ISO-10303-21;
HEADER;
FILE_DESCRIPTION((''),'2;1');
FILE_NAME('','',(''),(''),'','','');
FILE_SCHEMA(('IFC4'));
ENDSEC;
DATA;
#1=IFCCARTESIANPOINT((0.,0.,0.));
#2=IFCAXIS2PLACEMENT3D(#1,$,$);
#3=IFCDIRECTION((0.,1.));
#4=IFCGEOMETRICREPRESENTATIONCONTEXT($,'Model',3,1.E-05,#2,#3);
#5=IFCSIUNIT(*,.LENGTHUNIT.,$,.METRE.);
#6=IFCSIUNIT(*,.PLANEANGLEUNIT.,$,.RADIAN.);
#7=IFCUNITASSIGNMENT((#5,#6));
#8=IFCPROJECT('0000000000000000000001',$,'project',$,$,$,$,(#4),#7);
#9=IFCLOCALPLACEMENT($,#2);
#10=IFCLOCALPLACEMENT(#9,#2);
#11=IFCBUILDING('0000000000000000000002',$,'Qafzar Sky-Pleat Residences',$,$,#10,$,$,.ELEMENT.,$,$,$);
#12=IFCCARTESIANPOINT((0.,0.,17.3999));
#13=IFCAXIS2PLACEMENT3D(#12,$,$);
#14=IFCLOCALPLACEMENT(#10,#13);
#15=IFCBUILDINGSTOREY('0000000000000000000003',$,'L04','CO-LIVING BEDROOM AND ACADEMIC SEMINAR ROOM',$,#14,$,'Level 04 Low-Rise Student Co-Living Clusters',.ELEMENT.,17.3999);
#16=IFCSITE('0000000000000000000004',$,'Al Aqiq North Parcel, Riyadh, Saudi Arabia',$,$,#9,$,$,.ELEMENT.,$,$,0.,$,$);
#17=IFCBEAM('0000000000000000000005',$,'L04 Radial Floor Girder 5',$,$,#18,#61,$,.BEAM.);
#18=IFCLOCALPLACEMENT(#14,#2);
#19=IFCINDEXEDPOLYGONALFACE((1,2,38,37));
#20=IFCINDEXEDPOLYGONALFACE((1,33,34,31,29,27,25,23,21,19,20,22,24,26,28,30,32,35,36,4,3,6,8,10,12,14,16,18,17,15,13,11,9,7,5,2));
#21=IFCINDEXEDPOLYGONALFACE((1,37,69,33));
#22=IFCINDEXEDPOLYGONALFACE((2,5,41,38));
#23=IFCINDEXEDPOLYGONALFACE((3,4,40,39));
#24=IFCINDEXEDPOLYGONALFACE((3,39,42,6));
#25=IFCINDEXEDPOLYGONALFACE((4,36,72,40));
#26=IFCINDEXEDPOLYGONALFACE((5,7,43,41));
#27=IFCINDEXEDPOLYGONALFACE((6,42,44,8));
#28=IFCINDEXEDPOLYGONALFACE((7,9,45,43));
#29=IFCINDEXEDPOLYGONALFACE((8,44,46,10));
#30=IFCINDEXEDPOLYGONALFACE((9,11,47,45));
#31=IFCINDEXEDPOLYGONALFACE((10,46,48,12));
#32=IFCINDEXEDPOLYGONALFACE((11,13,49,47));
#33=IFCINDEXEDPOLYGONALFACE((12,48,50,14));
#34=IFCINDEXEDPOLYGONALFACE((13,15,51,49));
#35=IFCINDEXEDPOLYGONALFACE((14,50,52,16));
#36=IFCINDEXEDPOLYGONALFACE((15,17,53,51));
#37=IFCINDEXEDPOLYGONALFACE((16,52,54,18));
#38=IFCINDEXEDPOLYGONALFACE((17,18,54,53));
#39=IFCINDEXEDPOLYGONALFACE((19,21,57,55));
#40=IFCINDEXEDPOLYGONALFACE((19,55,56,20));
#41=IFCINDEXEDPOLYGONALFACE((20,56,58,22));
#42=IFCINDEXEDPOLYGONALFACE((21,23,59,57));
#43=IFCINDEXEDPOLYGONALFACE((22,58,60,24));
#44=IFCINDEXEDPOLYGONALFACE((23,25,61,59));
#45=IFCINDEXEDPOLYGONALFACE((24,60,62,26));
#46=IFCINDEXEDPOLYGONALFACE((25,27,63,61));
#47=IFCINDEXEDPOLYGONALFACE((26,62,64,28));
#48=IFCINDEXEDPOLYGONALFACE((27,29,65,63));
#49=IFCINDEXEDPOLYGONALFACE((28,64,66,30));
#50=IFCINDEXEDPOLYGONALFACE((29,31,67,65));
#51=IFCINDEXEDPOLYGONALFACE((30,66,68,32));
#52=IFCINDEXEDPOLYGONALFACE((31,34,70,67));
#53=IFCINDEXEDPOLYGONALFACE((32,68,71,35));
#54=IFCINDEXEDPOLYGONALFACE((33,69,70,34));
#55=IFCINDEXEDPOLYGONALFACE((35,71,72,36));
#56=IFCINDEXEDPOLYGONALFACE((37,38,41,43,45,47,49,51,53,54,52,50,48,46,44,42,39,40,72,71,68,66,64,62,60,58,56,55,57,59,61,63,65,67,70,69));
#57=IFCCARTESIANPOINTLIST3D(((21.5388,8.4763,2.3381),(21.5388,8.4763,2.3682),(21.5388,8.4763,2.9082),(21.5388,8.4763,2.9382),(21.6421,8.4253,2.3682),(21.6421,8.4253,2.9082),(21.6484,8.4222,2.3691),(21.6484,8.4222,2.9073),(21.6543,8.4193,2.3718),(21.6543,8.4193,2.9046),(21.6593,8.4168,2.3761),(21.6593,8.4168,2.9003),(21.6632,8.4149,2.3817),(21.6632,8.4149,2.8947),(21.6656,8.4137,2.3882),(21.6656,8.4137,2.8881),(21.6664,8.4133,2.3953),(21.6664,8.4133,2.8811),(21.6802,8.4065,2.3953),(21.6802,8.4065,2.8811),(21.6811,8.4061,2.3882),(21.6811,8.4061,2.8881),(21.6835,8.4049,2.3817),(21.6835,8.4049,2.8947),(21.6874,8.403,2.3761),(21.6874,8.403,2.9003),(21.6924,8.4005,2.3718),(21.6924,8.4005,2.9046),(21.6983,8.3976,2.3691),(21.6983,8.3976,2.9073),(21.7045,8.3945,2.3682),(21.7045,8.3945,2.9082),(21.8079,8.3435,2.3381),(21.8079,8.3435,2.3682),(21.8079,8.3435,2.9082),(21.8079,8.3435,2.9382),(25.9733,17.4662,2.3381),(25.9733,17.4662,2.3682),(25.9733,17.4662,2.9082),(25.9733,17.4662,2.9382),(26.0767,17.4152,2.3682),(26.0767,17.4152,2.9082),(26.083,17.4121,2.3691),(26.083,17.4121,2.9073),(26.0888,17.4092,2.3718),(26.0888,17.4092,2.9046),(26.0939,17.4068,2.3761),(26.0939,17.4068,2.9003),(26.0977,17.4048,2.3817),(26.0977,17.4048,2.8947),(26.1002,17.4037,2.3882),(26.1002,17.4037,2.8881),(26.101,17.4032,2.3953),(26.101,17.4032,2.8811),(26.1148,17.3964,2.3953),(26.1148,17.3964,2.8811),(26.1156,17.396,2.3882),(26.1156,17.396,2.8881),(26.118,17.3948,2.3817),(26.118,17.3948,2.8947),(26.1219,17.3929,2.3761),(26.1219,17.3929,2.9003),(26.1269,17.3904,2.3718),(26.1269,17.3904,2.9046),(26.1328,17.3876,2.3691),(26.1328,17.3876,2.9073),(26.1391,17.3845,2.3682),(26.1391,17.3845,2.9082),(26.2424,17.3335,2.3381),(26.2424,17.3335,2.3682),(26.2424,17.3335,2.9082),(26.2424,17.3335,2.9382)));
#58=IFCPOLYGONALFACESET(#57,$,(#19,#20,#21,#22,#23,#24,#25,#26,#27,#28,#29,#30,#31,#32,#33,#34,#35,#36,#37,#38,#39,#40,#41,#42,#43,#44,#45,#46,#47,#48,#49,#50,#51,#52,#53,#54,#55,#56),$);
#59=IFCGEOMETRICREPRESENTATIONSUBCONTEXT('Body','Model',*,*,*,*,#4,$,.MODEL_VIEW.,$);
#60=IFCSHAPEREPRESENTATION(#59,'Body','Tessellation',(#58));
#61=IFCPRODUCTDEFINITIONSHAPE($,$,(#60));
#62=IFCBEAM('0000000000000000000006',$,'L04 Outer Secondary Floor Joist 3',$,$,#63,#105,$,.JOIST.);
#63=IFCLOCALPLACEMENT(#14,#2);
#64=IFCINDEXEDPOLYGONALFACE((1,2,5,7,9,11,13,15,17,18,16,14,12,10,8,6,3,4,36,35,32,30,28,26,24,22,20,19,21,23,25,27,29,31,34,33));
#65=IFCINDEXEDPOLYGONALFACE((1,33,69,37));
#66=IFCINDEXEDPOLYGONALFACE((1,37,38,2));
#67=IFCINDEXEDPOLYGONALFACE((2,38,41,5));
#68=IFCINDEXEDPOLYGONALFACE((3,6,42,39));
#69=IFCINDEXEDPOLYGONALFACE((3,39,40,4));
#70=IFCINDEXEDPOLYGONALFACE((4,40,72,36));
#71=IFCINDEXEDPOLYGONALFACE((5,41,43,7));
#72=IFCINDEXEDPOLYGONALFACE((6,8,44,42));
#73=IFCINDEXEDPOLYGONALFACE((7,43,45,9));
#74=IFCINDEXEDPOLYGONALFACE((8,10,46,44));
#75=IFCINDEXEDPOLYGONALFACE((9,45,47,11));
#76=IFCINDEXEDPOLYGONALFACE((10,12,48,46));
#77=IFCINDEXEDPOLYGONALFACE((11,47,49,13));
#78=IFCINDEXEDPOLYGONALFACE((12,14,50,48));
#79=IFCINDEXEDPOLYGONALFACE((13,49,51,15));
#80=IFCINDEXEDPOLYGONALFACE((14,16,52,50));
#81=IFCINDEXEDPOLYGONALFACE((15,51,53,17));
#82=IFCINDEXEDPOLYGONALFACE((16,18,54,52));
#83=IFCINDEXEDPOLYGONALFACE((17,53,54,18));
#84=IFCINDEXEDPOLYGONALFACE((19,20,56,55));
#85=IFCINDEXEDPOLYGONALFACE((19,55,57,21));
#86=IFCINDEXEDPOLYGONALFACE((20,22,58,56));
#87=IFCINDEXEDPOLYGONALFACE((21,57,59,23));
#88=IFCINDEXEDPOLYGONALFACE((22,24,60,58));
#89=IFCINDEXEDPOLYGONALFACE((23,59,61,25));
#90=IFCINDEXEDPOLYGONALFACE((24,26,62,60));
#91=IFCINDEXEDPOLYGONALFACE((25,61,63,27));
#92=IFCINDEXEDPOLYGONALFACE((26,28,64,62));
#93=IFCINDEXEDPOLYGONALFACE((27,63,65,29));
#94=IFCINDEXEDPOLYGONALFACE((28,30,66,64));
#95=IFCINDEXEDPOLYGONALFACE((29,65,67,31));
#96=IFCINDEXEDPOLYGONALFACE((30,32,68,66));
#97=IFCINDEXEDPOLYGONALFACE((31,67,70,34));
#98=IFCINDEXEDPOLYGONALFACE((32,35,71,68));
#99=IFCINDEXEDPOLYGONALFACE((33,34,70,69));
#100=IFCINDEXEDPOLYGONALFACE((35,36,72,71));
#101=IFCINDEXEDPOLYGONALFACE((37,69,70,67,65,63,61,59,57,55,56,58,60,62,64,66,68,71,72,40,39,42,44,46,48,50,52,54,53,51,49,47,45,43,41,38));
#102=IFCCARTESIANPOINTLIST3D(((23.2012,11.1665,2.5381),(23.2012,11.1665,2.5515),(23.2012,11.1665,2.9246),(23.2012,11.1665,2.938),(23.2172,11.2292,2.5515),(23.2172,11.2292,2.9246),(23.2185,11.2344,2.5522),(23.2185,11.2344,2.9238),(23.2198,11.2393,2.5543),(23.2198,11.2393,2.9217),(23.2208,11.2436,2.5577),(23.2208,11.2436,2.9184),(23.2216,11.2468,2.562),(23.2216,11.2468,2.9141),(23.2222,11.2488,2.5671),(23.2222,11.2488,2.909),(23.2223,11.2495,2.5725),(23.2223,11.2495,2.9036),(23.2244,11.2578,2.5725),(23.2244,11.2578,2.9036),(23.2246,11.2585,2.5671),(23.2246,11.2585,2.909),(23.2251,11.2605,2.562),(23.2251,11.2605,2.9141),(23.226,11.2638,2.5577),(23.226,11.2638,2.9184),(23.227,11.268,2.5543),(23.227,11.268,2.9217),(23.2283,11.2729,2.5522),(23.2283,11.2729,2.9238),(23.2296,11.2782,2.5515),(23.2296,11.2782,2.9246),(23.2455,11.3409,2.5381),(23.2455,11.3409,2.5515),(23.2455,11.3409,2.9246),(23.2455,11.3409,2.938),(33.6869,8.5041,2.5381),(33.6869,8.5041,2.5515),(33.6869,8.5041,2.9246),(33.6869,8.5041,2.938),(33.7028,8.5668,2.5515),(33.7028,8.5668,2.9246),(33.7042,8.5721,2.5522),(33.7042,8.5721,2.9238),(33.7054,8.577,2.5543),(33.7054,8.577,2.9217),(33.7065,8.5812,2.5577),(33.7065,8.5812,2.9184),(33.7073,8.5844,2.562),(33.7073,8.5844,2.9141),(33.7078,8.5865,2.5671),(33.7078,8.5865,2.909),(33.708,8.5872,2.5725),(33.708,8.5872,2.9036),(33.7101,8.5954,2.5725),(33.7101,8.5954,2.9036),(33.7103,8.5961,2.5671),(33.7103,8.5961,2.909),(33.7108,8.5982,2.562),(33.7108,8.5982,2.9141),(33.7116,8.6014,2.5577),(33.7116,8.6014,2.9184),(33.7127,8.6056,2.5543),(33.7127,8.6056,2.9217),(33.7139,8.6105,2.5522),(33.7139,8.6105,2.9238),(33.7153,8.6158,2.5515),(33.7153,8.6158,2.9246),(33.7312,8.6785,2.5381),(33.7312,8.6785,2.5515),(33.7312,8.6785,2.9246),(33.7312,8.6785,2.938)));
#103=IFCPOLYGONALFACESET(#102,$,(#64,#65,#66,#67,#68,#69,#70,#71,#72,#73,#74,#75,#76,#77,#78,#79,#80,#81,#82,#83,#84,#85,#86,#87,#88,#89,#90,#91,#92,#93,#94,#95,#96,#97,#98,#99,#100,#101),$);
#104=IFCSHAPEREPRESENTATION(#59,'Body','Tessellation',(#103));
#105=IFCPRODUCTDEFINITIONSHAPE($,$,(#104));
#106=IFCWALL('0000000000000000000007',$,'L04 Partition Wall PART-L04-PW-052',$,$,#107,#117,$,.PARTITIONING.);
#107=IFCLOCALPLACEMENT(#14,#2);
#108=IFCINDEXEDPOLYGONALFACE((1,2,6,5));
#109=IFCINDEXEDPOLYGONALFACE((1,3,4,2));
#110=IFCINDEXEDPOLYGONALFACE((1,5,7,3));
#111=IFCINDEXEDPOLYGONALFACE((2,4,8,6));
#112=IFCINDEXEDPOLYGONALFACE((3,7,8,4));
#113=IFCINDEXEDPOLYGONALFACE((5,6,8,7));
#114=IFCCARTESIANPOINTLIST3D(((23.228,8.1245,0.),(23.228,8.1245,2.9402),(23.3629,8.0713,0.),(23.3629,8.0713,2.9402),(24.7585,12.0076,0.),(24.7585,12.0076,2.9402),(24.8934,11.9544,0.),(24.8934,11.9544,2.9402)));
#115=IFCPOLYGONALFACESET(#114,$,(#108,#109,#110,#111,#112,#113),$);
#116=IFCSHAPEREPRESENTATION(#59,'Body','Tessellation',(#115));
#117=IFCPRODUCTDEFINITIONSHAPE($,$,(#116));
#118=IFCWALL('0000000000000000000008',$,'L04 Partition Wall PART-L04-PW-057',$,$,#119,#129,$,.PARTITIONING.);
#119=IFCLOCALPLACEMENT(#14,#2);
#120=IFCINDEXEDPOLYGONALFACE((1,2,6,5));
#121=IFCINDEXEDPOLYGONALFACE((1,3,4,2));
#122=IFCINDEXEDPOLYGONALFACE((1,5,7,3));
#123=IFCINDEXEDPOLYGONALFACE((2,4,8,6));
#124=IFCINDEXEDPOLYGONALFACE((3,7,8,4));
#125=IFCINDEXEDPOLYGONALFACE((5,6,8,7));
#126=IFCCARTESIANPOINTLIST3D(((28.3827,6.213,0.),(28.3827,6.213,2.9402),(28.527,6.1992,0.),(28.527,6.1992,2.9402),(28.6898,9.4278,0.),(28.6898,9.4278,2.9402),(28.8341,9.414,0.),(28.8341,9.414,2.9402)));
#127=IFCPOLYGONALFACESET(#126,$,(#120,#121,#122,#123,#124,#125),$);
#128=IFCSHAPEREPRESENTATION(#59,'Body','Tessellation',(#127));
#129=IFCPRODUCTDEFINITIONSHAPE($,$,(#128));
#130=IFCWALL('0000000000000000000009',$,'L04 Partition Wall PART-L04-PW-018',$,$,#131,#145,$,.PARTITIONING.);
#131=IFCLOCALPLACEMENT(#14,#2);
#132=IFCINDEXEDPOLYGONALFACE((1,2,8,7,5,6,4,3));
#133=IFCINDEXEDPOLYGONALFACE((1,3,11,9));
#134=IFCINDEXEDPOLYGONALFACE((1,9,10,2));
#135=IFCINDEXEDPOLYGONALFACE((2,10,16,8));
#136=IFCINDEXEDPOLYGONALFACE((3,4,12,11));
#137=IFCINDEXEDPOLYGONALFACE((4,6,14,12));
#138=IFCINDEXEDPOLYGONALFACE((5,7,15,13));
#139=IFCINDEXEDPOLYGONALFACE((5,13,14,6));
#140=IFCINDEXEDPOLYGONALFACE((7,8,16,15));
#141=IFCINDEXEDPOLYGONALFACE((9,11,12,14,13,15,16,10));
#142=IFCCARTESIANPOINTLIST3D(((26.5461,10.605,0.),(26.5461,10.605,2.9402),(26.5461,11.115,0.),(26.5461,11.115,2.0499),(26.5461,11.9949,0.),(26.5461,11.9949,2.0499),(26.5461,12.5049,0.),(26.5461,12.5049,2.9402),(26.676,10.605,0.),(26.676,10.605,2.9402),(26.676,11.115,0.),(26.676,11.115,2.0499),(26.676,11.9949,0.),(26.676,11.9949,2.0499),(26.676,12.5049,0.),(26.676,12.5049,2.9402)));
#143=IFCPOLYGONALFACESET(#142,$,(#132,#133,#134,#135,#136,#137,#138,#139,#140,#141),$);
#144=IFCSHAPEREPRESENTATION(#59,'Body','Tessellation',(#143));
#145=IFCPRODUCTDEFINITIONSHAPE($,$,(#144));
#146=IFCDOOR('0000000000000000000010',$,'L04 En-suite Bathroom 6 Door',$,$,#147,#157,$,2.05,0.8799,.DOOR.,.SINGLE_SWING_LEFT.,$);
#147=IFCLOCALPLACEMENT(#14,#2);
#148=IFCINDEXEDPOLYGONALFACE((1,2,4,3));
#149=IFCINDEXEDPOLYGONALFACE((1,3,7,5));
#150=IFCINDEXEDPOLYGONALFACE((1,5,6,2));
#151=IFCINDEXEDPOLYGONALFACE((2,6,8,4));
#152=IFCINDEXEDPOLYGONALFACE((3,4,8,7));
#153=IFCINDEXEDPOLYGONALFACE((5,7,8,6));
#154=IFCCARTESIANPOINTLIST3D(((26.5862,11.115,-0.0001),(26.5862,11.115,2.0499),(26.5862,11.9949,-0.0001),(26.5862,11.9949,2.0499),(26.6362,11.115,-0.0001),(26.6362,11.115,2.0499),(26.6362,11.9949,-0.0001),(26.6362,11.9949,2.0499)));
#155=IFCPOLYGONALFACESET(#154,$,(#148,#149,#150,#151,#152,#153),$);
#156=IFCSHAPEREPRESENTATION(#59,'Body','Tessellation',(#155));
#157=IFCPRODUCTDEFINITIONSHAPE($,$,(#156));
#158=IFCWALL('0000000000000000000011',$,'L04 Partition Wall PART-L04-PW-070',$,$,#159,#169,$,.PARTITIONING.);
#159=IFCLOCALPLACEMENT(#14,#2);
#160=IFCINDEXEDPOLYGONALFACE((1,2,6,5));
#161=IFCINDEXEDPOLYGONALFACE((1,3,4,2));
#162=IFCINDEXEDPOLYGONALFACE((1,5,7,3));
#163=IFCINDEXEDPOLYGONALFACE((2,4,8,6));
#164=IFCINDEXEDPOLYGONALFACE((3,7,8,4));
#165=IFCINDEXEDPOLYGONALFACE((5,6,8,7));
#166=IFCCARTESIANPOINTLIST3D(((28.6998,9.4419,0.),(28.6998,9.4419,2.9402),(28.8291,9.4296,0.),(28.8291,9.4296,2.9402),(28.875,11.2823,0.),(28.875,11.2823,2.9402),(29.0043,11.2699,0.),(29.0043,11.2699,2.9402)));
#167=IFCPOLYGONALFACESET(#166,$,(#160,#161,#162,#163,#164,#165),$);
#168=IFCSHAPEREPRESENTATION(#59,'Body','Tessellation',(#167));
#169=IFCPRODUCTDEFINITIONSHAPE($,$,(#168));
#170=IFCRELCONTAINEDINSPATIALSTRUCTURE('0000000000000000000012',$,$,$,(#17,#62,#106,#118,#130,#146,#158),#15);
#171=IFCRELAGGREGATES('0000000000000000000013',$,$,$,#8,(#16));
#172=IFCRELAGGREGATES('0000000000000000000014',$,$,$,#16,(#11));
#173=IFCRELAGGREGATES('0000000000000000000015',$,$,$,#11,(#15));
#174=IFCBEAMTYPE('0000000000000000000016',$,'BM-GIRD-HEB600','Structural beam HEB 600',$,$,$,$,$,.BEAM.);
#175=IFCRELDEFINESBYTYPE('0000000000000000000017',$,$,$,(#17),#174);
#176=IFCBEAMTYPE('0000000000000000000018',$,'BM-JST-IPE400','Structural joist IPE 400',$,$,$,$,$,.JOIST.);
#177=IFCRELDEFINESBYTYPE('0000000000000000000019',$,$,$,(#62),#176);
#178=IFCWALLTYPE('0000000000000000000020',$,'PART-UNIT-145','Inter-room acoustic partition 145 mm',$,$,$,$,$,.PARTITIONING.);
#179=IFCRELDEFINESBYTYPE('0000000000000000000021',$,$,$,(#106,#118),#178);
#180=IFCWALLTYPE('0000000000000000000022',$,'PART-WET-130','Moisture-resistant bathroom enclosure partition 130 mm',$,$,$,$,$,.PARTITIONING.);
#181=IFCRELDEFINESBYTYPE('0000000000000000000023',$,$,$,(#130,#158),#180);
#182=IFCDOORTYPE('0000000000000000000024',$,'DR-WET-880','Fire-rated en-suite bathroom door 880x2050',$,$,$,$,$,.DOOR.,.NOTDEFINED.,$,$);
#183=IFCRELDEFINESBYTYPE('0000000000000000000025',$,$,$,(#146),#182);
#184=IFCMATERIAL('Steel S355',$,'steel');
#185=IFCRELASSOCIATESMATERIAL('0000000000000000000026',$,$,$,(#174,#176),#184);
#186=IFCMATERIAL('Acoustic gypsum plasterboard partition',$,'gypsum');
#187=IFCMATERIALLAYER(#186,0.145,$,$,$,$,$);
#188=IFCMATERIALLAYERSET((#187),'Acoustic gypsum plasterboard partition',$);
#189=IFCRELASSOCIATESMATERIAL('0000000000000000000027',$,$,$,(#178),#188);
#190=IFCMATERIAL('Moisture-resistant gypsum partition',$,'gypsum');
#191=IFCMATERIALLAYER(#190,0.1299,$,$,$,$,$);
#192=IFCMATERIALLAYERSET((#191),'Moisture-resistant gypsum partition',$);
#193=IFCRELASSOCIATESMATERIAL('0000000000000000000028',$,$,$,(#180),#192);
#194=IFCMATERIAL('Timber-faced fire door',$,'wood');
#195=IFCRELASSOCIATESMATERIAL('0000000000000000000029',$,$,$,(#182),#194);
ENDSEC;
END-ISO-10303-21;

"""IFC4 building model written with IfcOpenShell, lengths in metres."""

from ifc_helpers import new_model, si_unit, direction, frame, frame_2d, origin, origin_2d, place, context, subcontext, project, spatial, rectangle, i_section, extrude, source, transform, mapped, material, layer, layer_set, material_profile, profile_set, type_object, element, fill, save


model = new_model("IFC4")

# Units and contexts
model_context = context("Model", 3, precision=1e-05, world=origin(), true_north=direction((0.0, 1.0)))
body_context = subcontext(model_context, "Body", "Model", "MODEL_VIEW")
ifc_project = project(units=[si_unit("LENGTHUNIT", "METRE"), si_unit("PLANEANGLEUNIT", "RADIAN")], contexts=[model_context])

# Site, building, storey
site_placement = place(None, origin())
site = spatial("IfcSite", under=ifc_project, at=site_placement, Name="Al Aqiq North Parcel, Riyadh, Saudi Arabia", CompositionType="ELEMENT", RefElevation=0.0)
building_placement = place(site_placement, origin())
building = spatial("IfcBuilding", under=site, at=building_placement, Name="Qafzar Sky-Pleat Residences", CompositionType="ELEMENT")
storey_placement = place(building_placement, frame((0.0, 0.0, 17.3999)))
storey = spatial("IfcBuildingStorey", under=building, at=storey_placement, Name="L04", Description="CO-LIVING BEDROOM AND ACADEMIC SEMINAR ROOM", LongName="Level 04 Low-Rise Student Co-Living Clusters", CompositionType="ELEMENT", Elevation=17.3999)

# Beams
ifc_material_1 = material(Name="Steel S355", Category="steel")
ifc_material_profile_1 = material_profile(ifc_material_1, i_section(OverallWidth=0.3, OverallDepth=0.6001, WebThickness=0.0154, FlangeThickness=0.03, FilletRadius=0.0271, at=origin_2d()), Name="HEB 600")
ifc_profile_set_1 = profile_set([ifc_material_profile_1], Name="Steel S355")
beam_type_1 = type_object("IfcBeamType", Name="BM-GIRD-HEB600", Description="Structural beam HEB 600", PredefinedType="BEAM", material=ifc_profile_set_1)
shared_shape_1 = source(origin(), body_context, "Body", "SweptSolid", [
    extrude(i_section(OverallWidth=0.3, OverallDepth=0.6001, WebThickness=0.0154, FlangeThickness=0.03, FilletRadius=0.0271, at=origin_2d()), origin(), (0.0, 0.0, 1.0), 10.0242),
])
beam_1_placement = place(storey_placement, frame((21.6733, 8.4099, 2.6382), z_axis=(0.442385, 0.896825, 0.0), x_axis=(-0.896825, 0.442385, 0.0)))
element("IfcBeam", 1, at=beam_1_placement, inside=storey, type_object=beam_type_1, Name="L04 Radial Floor Girder 5", PredefinedType="BEAM", context=body_context, shape_type="MappedRepresentation", body=[
    mapped(shared_shape_1, transform((0.0, 0.0, 0.0), x_axis=(1.0, 0.0, 0.0), y_axis=(0.0, 1.0, 0.0), z_axis=(0.0, 0.0, 1.0), scale=1.0)),
])
ifc_material_profile_2 = material_profile(ifc_material_1, i_section(OverallWidth=0.1799, OverallDepth=0.3999, WebThickness=0.0085, FlangeThickness=0.0134, FilletRadius=0.021, at=origin_2d()), Name="IPE 400")
ifc_profile_set_2 = profile_set([ifc_material_profile_2], Name="Steel S355")
beam_type_2 = type_object("IfcBeamType", Name="BM-JST-IPE400", Description="Structural joist IPE 400", PredefinedType="JOIST", material=ifc_profile_set_2)
shared_shape_2 = source(origin(), body_context, "Body", "SweptSolid", [
    extrude(i_section(OverallWidth=0.1799, OverallDepth=0.3999, WebThickness=0.0085, FlangeThickness=0.0134, FilletRadius=0.021, at=origin_2d()), origin(), (0.0, 0.0, 1.0), 10.8184),
])
beam_2_placement = place(storey_placement, frame((23.2234, 11.2537, 2.738), z_axis=(0.969245, -0.246097, 0.0), x_axis=(0.246097, 0.969245, 0.0)))
element("IfcBeam", 2, at=beam_2_placement, inside=storey, type_object=beam_type_2, Name="L04 Outer Secondary Floor Joist 3", PredefinedType="JOIST", context=body_context, shape_type="MappedRepresentation", body=[
    mapped(shared_shape_2, transform((0.0, 0.0, 0.0), x_axis=(1.0, 0.0, 0.0), y_axis=(0.0, 1.0, 0.0), z_axis=(0.0, 0.0, 1.0), scale=1.0)),
])

# Walls
ifc_material_2 = material(Name="Acoustic gypsum plasterboard partition", Category="gypsum")
ifc_layer_1 = layer(ifc_material_2, 0.145)
ifc_layer_set_1 = layer_set([ifc_layer_1], Name="Acoustic gypsum plasterboard partition")
wall_type_1 = type_object("IfcWallType", Name="PART-UNIT-145", Description="Inter-room acoustic partition 145 mm", PredefinedType="PARTITIONING", material=ifc_layer_set_1)
wall_1_placement = place(storey_placement, frame((23.2954, 8.0979, 0.0), z_axis=(0.0, 0.0, 1.0), x_axis=(0.366696, 0.930341, 0.0)))
element("IfcWall", 3, at=wall_1_placement, inside=storey, type_object=wall_type_1, Name="L04 Partition Wall PART-L04-PW-052", PredefinedType="PARTITIONING", context=body_context, shape_type="SweptSolid", body=[
    extrude(rectangle(XDim=4.1738, YDim=0.145, at=frame_2d((2.0869, 0.0))), origin(), (0.0, 0.0, 1.0), 2.9402),
])
wall_2_placement = place(storey_placement, frame((28.4548, 6.2061, 0.0), z_axis=(0.0, 0.0, 1.0), x_axis=(0.095102, 0.995468, 0.0)))
element("IfcWall", 4, at=wall_2_placement, inside=storey, type_object=wall_type_1, Name="L04 Partition Wall PART-L04-PW-057", PredefinedType="PARTITIONING", context=body_context, shape_type="SweptSolid", body=[
    extrude(rectangle(XDim=3.2295, YDim=0.145, at=frame_2d((1.6147, 0.0))), origin(), (0.0, 0.0, 1.0), 2.9402),
])

# Wall, opening, door
ifc_material_3 = material(Name="Moisture-resistant gypsum partition", Category="gypsum")
ifc_layer_2 = layer(ifc_material_3, 0.1299)
ifc_layer_set_2 = layer_set([ifc_layer_2], Name="Moisture-resistant gypsum partition")
wall_type_2 = type_object("IfcWallType", Name="PART-WET-130", Description="Moisture-resistant bathroom enclosure partition 130 mm", PredefinedType="PARTITIONING", material=ifc_layer_set_2)
wall_3_placement = place(storey_placement, frame((26.6111, 10.605, 0.0), z_axis=(0.0, 0.0, 1.0), x_axis=(0.0, 1.0, 0.0)))
wall_3 = element("IfcWall", 5, at=wall_3_placement, inside=storey, type_object=wall_type_2, Name="L04 Partition Wall PART-L04-PW-018", PredefinedType="PARTITIONING", context=body_context, shape_type="SweptSolid", body=[
    extrude(rectangle(XDim=1.8999, YDim=0.1299, at=frame_2d((0.95, 0.0))), origin(), (0.0, 0.0, 1.0), 2.9402),
])
opening_1_placement = place(wall_3_placement, frame((0.51, 0.0, 0.0)))
opening_1 = element("IfcOpeningElement", 6, at=opening_1_placement, cuts=wall_3, PredefinedType="OPENING", context=body_context, shape_type="SweptSolid", body=[
    extrude(rectangle(XDim=0.8799, YDim=2.05, at=frame_2d((0.4399, 1.0249))), frame((0.0, 0.075, 0.0), z_axis=(0.0, -1.0, 0.0), x_axis=(1.0, 0.0, 0.0)), (0.0, 0.0, 1.0), 0.1499),
])
ifc_material_4 = material(Name="Timber-faced fire door", Category="wood")
door_type = type_object("IfcDoorType", Name="DR-WET-880", Description="Fire-rated en-suite bathroom door 880x2050", OperationType="NOTDEFINED", PredefinedType="DOOR", material=ifc_material_4)
shared_shape_3 = source(origin(), body_context, "Body", "SweptSolid", [
    extrude(rectangle(XDim=0.8799, YDim=2.05, at=frame_2d((0.4399, 1.0249))), frame((0.0, 0.0249, 0.0), z_axis=(0.0, -1.0, 0.0), x_axis=(1.0, 0.0, 0.0)), (0.0, 0.0, 1.0), 0.05),
])
door_placement = place(opening_1_placement, origin())
door = element("IfcDoor", 7, at=door_placement, inside=storey, type_object=door_type, Name="L04 En-suite Bathroom 6 Door", OperationType="SINGLE_SWING_LEFT", OverallHeight=2.05, OverallWidth=0.8799, PredefinedType="DOOR", context=body_context, shape_type="MappedRepresentation", body=[
    mapped(shared_shape_3, transform((0.0, 0.0, 0.0), x_axis=(1.0, 0.0, 0.0), y_axis=(0.0, 1.0, 0.0), z_axis=(0.0, 0.0, 1.0), scale=1.0)),
])
fill(opening_1, door)

# Wall
wall_4_placement = place(storey_placement, frame((28.7644, 9.4358, 0.0), z_axis=(0.0, 0.0, 1.0), x_axis=(0.094822, 0.995494, 0.0)))
element("IfcWall", 8, at=wall_4_placement, inside=storey, type_object=wall_type_2, Name="L04 Partition Wall PART-L04-PW-070", PredefinedType="PARTITIONING", context=body_context, shape_type="SweptSolid", body=[
    extrude(rectangle(XDim=1.8486, YDim=0.1299, at=frame_2d((0.9243, 0.0))), origin(), (0.0, 0.0, 1.0), 2.9402),
])

save(model, "model.ifc")
